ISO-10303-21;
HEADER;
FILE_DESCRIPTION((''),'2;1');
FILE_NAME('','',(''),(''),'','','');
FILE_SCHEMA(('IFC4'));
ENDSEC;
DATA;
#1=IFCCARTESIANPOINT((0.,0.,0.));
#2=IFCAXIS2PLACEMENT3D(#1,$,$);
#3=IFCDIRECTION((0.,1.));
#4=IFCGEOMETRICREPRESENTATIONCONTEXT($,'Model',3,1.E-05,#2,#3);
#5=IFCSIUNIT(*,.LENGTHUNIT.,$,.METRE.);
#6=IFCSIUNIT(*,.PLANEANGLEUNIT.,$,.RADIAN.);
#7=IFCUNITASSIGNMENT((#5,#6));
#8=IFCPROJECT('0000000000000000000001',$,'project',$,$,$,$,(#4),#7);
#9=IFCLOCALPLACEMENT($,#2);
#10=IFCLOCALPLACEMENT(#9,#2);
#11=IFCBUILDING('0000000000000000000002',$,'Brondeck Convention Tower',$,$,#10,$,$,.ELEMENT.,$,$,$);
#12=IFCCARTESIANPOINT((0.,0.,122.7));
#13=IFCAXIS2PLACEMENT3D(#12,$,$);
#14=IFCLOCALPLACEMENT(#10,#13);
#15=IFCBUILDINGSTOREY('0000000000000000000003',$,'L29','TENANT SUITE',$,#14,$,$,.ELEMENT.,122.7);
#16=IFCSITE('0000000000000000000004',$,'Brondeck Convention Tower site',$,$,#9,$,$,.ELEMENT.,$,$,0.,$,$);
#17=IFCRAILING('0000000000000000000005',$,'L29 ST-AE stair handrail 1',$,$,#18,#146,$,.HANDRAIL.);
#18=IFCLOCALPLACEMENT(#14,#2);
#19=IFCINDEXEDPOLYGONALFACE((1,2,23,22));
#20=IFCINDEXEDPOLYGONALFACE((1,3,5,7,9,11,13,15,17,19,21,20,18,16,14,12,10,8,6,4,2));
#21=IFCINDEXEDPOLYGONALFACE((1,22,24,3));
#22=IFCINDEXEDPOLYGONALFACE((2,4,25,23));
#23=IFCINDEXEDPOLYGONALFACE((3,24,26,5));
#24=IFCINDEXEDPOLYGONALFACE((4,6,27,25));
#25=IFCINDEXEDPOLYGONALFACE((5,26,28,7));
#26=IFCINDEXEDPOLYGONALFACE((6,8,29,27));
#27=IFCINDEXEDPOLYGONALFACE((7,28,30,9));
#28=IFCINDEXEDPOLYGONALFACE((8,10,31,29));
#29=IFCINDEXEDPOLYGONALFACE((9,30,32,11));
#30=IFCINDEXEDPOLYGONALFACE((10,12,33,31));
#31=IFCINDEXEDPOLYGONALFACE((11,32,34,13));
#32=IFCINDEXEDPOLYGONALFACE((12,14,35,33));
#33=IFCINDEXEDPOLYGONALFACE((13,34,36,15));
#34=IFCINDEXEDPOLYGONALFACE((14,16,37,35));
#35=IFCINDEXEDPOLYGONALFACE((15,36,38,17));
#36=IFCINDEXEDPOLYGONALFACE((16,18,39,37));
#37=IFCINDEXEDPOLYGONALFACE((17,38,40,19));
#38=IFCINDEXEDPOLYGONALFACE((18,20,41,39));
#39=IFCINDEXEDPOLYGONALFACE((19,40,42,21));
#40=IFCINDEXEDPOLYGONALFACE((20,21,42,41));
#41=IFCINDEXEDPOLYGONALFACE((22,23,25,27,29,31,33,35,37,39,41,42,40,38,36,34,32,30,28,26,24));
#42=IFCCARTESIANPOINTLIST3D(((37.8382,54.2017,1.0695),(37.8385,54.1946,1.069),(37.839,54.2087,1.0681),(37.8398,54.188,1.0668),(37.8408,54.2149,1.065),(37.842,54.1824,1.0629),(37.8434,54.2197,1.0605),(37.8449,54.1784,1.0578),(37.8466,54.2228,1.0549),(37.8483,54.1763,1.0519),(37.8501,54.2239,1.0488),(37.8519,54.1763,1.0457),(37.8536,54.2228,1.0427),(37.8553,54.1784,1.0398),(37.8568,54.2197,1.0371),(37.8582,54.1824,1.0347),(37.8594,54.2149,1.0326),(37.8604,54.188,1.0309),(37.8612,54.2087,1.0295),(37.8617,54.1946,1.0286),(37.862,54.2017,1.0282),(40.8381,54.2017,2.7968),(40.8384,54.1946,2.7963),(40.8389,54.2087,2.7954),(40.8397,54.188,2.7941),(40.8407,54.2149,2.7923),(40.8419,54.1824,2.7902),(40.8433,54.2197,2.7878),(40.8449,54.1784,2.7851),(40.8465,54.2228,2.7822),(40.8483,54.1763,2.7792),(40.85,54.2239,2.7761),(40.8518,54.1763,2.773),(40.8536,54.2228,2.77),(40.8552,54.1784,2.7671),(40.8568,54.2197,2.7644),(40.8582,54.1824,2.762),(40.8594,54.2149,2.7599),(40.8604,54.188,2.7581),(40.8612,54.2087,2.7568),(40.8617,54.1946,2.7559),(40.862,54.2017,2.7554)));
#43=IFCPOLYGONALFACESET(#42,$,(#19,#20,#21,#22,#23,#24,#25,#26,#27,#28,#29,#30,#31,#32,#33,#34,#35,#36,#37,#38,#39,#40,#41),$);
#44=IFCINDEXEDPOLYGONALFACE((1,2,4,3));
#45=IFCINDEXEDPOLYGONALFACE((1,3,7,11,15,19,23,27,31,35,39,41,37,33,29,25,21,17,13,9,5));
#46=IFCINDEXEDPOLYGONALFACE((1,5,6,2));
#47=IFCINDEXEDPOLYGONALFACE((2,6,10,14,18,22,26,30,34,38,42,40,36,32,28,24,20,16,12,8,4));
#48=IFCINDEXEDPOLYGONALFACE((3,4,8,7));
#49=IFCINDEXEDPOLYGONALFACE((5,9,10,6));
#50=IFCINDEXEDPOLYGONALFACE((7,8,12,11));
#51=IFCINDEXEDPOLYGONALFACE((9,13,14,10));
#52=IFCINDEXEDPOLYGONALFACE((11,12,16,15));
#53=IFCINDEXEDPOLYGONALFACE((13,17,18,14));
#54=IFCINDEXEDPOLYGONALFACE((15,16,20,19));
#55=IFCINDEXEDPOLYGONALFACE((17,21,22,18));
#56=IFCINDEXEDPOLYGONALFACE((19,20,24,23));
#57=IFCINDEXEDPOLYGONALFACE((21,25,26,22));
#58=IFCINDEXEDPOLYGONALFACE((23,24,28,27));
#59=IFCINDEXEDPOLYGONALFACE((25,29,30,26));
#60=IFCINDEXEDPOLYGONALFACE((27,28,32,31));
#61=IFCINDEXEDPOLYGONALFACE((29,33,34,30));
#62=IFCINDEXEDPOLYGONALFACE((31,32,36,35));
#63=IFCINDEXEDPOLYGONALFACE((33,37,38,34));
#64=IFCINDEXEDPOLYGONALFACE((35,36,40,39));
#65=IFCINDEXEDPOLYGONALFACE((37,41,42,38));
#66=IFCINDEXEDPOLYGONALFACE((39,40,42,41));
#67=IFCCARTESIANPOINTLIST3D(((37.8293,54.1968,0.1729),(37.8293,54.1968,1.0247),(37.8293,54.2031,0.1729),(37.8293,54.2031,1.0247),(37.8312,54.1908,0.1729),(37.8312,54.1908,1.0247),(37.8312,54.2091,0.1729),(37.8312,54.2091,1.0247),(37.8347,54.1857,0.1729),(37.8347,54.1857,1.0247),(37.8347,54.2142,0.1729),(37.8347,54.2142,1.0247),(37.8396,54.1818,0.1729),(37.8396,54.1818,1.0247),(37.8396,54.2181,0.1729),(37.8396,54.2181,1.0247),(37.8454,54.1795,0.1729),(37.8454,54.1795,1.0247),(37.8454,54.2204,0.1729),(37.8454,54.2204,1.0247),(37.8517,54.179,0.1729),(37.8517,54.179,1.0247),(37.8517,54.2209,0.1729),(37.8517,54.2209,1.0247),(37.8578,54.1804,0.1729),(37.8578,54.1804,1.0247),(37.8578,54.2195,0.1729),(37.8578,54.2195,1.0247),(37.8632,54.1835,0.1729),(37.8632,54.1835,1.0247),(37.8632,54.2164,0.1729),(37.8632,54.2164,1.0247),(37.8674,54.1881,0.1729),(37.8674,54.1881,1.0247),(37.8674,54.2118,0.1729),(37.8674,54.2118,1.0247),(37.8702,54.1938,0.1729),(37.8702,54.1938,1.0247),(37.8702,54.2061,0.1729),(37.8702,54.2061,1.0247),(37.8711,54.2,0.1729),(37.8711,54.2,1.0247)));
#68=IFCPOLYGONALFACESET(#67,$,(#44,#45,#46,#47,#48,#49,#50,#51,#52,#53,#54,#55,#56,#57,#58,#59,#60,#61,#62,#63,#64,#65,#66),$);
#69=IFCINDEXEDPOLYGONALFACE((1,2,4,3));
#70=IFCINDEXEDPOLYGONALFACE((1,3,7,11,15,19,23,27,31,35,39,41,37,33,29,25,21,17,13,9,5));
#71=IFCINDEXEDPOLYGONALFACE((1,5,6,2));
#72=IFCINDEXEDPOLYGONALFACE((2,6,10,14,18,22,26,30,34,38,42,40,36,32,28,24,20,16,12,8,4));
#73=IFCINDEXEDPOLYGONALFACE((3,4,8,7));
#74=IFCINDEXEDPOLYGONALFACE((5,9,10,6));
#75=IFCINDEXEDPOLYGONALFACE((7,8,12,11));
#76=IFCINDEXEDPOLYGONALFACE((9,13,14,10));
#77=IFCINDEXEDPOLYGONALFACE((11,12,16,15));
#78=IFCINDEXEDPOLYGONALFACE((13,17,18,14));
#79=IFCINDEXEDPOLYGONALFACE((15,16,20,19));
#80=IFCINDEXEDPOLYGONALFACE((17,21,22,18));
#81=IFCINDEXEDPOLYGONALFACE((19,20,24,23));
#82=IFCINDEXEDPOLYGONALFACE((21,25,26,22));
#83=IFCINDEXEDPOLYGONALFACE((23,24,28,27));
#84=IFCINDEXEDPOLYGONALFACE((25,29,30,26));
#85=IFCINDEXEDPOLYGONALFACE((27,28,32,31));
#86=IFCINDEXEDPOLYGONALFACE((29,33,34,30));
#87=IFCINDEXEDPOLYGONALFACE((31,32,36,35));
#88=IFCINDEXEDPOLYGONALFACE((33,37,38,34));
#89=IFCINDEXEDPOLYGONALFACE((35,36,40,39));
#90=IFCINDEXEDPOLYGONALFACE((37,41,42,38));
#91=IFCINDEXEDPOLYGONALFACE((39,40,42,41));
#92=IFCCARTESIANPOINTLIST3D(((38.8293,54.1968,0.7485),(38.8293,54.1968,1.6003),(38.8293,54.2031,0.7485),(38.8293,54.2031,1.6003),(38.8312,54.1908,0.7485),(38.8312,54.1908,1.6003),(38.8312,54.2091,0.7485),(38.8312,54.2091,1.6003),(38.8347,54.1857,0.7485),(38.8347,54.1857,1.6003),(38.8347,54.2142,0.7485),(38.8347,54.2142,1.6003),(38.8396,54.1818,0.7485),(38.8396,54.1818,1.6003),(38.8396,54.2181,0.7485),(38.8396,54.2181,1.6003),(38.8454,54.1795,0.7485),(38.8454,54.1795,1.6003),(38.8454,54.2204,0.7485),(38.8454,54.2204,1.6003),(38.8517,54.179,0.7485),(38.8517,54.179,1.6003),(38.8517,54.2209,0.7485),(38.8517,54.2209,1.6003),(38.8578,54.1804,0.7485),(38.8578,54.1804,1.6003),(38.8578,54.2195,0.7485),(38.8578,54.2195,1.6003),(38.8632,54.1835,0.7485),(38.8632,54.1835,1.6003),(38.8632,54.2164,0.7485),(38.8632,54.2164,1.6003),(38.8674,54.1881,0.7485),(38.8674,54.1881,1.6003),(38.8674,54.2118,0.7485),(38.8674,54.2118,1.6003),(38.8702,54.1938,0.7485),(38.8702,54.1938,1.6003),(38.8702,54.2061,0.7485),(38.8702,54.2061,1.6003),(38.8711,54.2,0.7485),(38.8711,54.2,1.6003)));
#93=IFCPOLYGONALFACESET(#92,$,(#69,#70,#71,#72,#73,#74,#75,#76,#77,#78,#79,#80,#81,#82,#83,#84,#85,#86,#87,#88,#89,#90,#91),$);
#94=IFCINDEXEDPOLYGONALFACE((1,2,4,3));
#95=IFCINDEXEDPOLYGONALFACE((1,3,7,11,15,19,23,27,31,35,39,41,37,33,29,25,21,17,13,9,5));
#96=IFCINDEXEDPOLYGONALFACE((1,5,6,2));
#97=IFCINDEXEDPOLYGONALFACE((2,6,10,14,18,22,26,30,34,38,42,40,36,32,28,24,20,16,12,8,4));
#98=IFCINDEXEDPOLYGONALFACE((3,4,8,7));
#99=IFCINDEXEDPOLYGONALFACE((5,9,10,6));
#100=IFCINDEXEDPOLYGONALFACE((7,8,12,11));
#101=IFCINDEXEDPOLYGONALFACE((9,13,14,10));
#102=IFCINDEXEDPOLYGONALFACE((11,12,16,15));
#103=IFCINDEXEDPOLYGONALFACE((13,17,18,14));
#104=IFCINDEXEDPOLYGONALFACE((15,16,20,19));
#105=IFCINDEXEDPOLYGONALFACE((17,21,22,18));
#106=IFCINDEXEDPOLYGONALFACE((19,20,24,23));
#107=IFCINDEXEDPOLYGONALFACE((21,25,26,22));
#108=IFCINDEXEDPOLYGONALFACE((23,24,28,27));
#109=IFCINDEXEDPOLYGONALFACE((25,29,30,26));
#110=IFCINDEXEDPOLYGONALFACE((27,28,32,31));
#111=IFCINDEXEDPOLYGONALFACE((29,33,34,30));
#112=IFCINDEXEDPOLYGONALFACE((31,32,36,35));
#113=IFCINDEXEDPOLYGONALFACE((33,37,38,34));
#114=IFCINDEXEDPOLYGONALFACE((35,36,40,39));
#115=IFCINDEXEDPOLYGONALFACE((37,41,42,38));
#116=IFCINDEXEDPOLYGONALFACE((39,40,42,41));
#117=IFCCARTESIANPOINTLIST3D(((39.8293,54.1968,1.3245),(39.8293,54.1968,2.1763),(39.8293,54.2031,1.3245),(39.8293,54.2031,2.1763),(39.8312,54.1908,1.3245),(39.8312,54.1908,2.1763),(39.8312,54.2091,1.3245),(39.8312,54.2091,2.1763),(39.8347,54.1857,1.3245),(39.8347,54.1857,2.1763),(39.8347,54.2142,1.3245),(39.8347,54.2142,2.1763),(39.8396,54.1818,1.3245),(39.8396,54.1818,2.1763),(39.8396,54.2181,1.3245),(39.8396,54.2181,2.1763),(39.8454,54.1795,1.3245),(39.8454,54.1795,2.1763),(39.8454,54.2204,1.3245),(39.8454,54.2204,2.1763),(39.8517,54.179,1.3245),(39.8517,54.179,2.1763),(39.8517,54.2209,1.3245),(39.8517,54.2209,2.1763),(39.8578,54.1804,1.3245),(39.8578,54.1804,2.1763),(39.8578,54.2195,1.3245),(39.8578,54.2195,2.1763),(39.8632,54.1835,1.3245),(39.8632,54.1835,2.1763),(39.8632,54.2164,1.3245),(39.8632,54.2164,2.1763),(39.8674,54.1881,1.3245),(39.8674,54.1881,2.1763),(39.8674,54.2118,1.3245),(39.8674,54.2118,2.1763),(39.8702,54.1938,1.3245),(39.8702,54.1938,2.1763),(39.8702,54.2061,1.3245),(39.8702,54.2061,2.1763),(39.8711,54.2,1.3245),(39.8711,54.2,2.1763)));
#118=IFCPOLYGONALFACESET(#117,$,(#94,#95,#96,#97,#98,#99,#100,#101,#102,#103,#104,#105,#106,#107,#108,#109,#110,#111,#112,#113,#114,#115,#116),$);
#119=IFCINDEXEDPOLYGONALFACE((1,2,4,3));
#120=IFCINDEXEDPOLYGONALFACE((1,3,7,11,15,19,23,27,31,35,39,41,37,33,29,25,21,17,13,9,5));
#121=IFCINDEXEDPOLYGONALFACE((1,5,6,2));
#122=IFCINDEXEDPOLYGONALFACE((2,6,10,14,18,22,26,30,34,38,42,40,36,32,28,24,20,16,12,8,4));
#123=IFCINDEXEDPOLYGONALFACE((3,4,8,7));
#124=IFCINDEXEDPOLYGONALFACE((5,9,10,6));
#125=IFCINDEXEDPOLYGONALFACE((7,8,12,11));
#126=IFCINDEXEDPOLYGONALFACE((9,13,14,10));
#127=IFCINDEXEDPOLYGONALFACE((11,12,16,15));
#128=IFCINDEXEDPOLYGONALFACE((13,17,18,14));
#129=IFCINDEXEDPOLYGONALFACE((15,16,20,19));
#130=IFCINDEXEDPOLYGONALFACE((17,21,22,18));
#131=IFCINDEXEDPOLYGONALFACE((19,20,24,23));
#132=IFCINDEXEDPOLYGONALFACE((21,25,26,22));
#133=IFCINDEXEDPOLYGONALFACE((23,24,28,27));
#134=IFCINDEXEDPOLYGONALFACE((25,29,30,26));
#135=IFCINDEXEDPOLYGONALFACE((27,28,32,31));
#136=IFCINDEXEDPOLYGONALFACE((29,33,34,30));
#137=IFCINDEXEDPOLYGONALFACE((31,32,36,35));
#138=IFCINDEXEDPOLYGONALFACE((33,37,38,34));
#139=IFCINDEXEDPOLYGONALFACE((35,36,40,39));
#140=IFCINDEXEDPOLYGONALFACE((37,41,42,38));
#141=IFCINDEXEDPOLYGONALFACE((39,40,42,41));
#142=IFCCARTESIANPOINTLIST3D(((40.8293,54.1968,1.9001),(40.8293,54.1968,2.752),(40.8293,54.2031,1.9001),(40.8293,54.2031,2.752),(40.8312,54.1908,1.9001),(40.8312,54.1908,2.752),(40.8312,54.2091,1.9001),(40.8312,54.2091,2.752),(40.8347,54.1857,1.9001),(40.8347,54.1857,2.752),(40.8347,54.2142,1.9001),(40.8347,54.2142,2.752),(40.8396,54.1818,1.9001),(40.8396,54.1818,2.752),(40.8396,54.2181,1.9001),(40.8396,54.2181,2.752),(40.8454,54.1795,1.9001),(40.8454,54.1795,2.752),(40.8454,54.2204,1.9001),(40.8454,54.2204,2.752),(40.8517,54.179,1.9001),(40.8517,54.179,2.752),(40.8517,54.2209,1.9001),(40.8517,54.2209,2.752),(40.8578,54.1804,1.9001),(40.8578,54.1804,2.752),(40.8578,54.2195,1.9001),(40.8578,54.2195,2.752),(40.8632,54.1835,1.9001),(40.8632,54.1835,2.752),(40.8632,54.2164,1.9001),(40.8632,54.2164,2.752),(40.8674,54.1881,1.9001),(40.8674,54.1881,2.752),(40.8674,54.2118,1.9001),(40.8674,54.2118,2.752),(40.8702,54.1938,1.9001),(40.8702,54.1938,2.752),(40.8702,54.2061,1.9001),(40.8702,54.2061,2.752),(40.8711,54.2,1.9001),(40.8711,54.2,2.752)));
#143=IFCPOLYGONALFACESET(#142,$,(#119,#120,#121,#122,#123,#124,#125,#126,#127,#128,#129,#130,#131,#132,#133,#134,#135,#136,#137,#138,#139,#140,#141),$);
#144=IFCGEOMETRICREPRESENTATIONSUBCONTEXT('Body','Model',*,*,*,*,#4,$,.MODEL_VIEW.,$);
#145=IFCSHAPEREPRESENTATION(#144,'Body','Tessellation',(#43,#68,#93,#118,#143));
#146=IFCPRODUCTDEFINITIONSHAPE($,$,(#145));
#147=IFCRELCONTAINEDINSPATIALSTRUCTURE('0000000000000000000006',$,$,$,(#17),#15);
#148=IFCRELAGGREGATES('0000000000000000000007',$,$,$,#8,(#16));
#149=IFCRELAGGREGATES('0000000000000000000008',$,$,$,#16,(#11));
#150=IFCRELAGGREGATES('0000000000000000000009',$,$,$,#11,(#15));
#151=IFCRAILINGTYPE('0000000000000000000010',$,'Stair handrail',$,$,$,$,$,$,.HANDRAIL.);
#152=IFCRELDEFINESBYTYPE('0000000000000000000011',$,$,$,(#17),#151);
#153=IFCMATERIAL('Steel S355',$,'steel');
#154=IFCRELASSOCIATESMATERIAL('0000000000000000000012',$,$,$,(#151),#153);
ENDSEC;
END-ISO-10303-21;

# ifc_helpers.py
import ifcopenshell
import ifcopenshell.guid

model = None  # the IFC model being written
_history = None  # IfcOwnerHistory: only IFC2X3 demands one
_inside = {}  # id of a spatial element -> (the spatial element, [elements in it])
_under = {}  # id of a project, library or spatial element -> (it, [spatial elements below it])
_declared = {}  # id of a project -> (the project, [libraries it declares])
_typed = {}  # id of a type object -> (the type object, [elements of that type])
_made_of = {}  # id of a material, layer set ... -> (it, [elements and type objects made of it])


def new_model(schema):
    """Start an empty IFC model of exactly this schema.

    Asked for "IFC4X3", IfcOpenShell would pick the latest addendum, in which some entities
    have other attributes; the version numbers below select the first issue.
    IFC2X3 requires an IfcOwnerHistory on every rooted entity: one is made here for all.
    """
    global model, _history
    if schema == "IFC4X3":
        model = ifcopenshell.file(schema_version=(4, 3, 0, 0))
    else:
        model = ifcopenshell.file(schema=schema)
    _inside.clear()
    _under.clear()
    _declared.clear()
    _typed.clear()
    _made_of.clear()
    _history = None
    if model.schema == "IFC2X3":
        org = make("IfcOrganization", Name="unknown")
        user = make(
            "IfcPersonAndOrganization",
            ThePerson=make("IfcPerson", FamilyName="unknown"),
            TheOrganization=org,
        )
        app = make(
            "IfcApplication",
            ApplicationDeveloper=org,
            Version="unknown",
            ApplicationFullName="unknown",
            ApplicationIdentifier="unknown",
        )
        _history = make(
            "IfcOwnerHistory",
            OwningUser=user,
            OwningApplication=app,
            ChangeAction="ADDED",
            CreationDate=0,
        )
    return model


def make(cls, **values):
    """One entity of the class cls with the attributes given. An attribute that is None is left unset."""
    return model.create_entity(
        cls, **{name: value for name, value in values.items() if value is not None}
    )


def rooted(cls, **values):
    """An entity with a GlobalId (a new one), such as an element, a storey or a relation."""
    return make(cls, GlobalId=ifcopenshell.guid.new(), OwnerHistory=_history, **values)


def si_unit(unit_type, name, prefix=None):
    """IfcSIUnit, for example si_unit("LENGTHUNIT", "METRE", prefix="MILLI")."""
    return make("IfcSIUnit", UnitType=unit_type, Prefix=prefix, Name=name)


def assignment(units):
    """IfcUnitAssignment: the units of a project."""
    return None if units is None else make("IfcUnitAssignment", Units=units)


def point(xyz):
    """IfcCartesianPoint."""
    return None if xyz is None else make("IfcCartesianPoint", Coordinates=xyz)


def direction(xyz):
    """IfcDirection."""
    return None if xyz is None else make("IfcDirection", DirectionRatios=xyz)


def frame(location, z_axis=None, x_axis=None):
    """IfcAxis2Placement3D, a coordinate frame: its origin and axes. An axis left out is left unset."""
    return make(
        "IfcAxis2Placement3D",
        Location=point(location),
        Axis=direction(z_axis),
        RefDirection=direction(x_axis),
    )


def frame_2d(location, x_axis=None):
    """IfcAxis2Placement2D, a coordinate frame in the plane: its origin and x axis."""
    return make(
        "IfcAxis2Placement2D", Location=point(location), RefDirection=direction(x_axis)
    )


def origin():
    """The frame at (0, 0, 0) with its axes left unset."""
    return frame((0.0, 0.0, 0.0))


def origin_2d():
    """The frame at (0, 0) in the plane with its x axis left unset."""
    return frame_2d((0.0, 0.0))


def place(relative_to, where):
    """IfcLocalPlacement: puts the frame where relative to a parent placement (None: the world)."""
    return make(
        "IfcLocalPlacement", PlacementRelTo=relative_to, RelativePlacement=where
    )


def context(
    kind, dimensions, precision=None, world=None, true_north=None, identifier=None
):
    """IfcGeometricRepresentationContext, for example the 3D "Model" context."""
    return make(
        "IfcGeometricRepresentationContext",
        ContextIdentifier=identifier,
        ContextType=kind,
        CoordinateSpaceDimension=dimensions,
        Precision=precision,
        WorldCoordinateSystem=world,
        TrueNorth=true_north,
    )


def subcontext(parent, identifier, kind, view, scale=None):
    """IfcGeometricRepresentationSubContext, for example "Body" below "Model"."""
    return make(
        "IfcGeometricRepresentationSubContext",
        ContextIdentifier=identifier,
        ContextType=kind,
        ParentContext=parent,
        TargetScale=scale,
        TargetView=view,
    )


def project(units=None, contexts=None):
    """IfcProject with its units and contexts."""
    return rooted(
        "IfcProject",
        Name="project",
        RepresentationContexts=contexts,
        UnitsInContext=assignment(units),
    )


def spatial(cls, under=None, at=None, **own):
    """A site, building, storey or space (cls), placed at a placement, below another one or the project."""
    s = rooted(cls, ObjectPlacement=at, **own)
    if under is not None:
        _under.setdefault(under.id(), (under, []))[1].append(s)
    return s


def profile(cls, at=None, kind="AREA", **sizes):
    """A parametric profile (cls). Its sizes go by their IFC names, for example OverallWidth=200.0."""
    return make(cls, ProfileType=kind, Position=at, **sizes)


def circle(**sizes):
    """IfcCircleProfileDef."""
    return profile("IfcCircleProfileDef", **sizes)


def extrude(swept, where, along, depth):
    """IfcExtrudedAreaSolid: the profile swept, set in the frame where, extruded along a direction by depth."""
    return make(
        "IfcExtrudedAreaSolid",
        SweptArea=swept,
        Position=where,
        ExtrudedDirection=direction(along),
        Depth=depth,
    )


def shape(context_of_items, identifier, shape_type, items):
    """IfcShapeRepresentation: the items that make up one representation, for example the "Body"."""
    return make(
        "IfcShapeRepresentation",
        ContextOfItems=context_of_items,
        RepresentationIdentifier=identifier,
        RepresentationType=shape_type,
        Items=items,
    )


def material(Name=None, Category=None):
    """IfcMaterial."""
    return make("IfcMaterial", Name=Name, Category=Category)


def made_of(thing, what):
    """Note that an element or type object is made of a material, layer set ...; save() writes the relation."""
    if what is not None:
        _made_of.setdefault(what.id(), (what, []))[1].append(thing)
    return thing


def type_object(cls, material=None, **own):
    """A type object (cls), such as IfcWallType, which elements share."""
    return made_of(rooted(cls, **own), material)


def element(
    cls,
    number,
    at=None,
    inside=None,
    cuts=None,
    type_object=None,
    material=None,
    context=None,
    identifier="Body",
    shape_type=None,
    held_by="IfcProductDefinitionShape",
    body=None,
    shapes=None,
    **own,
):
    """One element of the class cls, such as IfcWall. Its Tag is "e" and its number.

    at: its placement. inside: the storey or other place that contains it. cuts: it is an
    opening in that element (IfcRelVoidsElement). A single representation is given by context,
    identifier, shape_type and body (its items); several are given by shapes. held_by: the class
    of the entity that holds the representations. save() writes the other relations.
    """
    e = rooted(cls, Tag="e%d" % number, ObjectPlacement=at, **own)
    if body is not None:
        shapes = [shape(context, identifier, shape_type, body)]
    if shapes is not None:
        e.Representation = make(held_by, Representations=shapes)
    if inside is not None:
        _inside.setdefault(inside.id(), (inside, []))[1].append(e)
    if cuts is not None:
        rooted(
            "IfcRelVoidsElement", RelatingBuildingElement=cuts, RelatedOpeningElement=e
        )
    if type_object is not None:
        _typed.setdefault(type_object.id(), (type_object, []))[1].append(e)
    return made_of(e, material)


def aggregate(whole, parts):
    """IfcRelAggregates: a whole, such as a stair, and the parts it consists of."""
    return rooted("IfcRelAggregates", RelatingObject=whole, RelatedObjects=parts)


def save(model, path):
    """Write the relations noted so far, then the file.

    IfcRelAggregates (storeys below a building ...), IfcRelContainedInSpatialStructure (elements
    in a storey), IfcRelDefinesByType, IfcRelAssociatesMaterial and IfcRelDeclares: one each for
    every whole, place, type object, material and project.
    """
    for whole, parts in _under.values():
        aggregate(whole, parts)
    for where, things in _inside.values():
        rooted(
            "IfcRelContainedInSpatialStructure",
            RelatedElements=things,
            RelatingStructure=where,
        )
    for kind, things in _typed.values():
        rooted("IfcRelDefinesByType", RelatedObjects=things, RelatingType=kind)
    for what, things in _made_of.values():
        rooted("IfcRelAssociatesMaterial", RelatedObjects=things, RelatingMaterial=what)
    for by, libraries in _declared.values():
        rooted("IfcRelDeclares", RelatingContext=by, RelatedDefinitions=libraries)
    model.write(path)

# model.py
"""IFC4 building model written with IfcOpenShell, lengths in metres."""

from ifc_helpers import new_model, si_unit, direction, frame, origin, origin_2d, place, context, subcontext, project, spatial, circle, extrude, material, type_object, element, save


model = new_model("IFC4")

# Units and contexts
model_context = context("Model", 3, precision=1e-05, world=origin(), true_north=direction((0.0, 1.0)))
body_context = subcontext(model_context, "Body", "Model", "MODEL_VIEW")
ifc_project = project(units=[si_unit("LENGTHUNIT", "METRE"), si_unit("PLANEANGLEUNIT", "RADIAN")], contexts=[model_context])

# Site, building, storey
site_placement = place(None, origin())
site = spatial("IfcSite", under=ifc_project, at=site_placement, Name="Brondeck Convention Tower site", CompositionType="ELEMENT", RefElevation=0.0)
building_placement = place(site_placement, origin())
building = spatial("IfcBuilding", under=site, at=building_placement, Name="Brondeck Convention Tower", CompositionType="ELEMENT")
storey_placement = place(building_placement, frame((0.0, 0.0, 122.7)))
storey = spatial("IfcBuildingStorey", under=building, at=storey_placement, Name="L29", Description="TENANT SUITE", CompositionType="ELEMENT", Elevation=122.7)

# Shared definitions
ifc_material_1 = material(Name="Steel S355", Category="steel")

# Railing
railing_type_1 = type_object("IfcRailingType", Name="Stair handrail", PredefinedType="HANDRAIL", material=ifc_material_1)
railing_1_placement = place(storey_placement, frame((37.8501, 54.2, 0.1729)))
element("IfcRailing", 1, at=railing_1_placement, inside=storey, type_object=railing_type_1, Name="L29 ST-AE stair handrail 1", PredefinedType="HANDRAIL", context=body_context, shape_type="SweptSolid", body=[
    extrude(circle(Radius=0.0239, at=origin_2d()), frame((0.0, 0.0, 0.876), z_axis=(0.86662, 0.0, 0.498969), x_axis=(0.0, 1.0, 0.0)), (0.0, 0.0, 1.0), 3.4617),
    extrude(circle(Radius=0.021, at=origin_2d()), origin(), (0.0, 0.0, 1.0), 0.8518),
    extrude(circle(Radius=0.021, at=origin_2d()), frame((1.0, 0.0, 0.5757)), (0.0, 0.0, 1.0), 0.8518),
    extrude(circle(Radius=0.021, at=origin_2d()), frame((2.0, 0.0, 1.1516)), (0.0, 0.0, 1.0), 0.8518),
    extrude(circle(Radius=0.021, at=origin_2d()), frame((3.0, 0.0, 1.7273)), (0.0, 0.0, 1.0), 0.8518),
])

save(model, "model.ifc")
